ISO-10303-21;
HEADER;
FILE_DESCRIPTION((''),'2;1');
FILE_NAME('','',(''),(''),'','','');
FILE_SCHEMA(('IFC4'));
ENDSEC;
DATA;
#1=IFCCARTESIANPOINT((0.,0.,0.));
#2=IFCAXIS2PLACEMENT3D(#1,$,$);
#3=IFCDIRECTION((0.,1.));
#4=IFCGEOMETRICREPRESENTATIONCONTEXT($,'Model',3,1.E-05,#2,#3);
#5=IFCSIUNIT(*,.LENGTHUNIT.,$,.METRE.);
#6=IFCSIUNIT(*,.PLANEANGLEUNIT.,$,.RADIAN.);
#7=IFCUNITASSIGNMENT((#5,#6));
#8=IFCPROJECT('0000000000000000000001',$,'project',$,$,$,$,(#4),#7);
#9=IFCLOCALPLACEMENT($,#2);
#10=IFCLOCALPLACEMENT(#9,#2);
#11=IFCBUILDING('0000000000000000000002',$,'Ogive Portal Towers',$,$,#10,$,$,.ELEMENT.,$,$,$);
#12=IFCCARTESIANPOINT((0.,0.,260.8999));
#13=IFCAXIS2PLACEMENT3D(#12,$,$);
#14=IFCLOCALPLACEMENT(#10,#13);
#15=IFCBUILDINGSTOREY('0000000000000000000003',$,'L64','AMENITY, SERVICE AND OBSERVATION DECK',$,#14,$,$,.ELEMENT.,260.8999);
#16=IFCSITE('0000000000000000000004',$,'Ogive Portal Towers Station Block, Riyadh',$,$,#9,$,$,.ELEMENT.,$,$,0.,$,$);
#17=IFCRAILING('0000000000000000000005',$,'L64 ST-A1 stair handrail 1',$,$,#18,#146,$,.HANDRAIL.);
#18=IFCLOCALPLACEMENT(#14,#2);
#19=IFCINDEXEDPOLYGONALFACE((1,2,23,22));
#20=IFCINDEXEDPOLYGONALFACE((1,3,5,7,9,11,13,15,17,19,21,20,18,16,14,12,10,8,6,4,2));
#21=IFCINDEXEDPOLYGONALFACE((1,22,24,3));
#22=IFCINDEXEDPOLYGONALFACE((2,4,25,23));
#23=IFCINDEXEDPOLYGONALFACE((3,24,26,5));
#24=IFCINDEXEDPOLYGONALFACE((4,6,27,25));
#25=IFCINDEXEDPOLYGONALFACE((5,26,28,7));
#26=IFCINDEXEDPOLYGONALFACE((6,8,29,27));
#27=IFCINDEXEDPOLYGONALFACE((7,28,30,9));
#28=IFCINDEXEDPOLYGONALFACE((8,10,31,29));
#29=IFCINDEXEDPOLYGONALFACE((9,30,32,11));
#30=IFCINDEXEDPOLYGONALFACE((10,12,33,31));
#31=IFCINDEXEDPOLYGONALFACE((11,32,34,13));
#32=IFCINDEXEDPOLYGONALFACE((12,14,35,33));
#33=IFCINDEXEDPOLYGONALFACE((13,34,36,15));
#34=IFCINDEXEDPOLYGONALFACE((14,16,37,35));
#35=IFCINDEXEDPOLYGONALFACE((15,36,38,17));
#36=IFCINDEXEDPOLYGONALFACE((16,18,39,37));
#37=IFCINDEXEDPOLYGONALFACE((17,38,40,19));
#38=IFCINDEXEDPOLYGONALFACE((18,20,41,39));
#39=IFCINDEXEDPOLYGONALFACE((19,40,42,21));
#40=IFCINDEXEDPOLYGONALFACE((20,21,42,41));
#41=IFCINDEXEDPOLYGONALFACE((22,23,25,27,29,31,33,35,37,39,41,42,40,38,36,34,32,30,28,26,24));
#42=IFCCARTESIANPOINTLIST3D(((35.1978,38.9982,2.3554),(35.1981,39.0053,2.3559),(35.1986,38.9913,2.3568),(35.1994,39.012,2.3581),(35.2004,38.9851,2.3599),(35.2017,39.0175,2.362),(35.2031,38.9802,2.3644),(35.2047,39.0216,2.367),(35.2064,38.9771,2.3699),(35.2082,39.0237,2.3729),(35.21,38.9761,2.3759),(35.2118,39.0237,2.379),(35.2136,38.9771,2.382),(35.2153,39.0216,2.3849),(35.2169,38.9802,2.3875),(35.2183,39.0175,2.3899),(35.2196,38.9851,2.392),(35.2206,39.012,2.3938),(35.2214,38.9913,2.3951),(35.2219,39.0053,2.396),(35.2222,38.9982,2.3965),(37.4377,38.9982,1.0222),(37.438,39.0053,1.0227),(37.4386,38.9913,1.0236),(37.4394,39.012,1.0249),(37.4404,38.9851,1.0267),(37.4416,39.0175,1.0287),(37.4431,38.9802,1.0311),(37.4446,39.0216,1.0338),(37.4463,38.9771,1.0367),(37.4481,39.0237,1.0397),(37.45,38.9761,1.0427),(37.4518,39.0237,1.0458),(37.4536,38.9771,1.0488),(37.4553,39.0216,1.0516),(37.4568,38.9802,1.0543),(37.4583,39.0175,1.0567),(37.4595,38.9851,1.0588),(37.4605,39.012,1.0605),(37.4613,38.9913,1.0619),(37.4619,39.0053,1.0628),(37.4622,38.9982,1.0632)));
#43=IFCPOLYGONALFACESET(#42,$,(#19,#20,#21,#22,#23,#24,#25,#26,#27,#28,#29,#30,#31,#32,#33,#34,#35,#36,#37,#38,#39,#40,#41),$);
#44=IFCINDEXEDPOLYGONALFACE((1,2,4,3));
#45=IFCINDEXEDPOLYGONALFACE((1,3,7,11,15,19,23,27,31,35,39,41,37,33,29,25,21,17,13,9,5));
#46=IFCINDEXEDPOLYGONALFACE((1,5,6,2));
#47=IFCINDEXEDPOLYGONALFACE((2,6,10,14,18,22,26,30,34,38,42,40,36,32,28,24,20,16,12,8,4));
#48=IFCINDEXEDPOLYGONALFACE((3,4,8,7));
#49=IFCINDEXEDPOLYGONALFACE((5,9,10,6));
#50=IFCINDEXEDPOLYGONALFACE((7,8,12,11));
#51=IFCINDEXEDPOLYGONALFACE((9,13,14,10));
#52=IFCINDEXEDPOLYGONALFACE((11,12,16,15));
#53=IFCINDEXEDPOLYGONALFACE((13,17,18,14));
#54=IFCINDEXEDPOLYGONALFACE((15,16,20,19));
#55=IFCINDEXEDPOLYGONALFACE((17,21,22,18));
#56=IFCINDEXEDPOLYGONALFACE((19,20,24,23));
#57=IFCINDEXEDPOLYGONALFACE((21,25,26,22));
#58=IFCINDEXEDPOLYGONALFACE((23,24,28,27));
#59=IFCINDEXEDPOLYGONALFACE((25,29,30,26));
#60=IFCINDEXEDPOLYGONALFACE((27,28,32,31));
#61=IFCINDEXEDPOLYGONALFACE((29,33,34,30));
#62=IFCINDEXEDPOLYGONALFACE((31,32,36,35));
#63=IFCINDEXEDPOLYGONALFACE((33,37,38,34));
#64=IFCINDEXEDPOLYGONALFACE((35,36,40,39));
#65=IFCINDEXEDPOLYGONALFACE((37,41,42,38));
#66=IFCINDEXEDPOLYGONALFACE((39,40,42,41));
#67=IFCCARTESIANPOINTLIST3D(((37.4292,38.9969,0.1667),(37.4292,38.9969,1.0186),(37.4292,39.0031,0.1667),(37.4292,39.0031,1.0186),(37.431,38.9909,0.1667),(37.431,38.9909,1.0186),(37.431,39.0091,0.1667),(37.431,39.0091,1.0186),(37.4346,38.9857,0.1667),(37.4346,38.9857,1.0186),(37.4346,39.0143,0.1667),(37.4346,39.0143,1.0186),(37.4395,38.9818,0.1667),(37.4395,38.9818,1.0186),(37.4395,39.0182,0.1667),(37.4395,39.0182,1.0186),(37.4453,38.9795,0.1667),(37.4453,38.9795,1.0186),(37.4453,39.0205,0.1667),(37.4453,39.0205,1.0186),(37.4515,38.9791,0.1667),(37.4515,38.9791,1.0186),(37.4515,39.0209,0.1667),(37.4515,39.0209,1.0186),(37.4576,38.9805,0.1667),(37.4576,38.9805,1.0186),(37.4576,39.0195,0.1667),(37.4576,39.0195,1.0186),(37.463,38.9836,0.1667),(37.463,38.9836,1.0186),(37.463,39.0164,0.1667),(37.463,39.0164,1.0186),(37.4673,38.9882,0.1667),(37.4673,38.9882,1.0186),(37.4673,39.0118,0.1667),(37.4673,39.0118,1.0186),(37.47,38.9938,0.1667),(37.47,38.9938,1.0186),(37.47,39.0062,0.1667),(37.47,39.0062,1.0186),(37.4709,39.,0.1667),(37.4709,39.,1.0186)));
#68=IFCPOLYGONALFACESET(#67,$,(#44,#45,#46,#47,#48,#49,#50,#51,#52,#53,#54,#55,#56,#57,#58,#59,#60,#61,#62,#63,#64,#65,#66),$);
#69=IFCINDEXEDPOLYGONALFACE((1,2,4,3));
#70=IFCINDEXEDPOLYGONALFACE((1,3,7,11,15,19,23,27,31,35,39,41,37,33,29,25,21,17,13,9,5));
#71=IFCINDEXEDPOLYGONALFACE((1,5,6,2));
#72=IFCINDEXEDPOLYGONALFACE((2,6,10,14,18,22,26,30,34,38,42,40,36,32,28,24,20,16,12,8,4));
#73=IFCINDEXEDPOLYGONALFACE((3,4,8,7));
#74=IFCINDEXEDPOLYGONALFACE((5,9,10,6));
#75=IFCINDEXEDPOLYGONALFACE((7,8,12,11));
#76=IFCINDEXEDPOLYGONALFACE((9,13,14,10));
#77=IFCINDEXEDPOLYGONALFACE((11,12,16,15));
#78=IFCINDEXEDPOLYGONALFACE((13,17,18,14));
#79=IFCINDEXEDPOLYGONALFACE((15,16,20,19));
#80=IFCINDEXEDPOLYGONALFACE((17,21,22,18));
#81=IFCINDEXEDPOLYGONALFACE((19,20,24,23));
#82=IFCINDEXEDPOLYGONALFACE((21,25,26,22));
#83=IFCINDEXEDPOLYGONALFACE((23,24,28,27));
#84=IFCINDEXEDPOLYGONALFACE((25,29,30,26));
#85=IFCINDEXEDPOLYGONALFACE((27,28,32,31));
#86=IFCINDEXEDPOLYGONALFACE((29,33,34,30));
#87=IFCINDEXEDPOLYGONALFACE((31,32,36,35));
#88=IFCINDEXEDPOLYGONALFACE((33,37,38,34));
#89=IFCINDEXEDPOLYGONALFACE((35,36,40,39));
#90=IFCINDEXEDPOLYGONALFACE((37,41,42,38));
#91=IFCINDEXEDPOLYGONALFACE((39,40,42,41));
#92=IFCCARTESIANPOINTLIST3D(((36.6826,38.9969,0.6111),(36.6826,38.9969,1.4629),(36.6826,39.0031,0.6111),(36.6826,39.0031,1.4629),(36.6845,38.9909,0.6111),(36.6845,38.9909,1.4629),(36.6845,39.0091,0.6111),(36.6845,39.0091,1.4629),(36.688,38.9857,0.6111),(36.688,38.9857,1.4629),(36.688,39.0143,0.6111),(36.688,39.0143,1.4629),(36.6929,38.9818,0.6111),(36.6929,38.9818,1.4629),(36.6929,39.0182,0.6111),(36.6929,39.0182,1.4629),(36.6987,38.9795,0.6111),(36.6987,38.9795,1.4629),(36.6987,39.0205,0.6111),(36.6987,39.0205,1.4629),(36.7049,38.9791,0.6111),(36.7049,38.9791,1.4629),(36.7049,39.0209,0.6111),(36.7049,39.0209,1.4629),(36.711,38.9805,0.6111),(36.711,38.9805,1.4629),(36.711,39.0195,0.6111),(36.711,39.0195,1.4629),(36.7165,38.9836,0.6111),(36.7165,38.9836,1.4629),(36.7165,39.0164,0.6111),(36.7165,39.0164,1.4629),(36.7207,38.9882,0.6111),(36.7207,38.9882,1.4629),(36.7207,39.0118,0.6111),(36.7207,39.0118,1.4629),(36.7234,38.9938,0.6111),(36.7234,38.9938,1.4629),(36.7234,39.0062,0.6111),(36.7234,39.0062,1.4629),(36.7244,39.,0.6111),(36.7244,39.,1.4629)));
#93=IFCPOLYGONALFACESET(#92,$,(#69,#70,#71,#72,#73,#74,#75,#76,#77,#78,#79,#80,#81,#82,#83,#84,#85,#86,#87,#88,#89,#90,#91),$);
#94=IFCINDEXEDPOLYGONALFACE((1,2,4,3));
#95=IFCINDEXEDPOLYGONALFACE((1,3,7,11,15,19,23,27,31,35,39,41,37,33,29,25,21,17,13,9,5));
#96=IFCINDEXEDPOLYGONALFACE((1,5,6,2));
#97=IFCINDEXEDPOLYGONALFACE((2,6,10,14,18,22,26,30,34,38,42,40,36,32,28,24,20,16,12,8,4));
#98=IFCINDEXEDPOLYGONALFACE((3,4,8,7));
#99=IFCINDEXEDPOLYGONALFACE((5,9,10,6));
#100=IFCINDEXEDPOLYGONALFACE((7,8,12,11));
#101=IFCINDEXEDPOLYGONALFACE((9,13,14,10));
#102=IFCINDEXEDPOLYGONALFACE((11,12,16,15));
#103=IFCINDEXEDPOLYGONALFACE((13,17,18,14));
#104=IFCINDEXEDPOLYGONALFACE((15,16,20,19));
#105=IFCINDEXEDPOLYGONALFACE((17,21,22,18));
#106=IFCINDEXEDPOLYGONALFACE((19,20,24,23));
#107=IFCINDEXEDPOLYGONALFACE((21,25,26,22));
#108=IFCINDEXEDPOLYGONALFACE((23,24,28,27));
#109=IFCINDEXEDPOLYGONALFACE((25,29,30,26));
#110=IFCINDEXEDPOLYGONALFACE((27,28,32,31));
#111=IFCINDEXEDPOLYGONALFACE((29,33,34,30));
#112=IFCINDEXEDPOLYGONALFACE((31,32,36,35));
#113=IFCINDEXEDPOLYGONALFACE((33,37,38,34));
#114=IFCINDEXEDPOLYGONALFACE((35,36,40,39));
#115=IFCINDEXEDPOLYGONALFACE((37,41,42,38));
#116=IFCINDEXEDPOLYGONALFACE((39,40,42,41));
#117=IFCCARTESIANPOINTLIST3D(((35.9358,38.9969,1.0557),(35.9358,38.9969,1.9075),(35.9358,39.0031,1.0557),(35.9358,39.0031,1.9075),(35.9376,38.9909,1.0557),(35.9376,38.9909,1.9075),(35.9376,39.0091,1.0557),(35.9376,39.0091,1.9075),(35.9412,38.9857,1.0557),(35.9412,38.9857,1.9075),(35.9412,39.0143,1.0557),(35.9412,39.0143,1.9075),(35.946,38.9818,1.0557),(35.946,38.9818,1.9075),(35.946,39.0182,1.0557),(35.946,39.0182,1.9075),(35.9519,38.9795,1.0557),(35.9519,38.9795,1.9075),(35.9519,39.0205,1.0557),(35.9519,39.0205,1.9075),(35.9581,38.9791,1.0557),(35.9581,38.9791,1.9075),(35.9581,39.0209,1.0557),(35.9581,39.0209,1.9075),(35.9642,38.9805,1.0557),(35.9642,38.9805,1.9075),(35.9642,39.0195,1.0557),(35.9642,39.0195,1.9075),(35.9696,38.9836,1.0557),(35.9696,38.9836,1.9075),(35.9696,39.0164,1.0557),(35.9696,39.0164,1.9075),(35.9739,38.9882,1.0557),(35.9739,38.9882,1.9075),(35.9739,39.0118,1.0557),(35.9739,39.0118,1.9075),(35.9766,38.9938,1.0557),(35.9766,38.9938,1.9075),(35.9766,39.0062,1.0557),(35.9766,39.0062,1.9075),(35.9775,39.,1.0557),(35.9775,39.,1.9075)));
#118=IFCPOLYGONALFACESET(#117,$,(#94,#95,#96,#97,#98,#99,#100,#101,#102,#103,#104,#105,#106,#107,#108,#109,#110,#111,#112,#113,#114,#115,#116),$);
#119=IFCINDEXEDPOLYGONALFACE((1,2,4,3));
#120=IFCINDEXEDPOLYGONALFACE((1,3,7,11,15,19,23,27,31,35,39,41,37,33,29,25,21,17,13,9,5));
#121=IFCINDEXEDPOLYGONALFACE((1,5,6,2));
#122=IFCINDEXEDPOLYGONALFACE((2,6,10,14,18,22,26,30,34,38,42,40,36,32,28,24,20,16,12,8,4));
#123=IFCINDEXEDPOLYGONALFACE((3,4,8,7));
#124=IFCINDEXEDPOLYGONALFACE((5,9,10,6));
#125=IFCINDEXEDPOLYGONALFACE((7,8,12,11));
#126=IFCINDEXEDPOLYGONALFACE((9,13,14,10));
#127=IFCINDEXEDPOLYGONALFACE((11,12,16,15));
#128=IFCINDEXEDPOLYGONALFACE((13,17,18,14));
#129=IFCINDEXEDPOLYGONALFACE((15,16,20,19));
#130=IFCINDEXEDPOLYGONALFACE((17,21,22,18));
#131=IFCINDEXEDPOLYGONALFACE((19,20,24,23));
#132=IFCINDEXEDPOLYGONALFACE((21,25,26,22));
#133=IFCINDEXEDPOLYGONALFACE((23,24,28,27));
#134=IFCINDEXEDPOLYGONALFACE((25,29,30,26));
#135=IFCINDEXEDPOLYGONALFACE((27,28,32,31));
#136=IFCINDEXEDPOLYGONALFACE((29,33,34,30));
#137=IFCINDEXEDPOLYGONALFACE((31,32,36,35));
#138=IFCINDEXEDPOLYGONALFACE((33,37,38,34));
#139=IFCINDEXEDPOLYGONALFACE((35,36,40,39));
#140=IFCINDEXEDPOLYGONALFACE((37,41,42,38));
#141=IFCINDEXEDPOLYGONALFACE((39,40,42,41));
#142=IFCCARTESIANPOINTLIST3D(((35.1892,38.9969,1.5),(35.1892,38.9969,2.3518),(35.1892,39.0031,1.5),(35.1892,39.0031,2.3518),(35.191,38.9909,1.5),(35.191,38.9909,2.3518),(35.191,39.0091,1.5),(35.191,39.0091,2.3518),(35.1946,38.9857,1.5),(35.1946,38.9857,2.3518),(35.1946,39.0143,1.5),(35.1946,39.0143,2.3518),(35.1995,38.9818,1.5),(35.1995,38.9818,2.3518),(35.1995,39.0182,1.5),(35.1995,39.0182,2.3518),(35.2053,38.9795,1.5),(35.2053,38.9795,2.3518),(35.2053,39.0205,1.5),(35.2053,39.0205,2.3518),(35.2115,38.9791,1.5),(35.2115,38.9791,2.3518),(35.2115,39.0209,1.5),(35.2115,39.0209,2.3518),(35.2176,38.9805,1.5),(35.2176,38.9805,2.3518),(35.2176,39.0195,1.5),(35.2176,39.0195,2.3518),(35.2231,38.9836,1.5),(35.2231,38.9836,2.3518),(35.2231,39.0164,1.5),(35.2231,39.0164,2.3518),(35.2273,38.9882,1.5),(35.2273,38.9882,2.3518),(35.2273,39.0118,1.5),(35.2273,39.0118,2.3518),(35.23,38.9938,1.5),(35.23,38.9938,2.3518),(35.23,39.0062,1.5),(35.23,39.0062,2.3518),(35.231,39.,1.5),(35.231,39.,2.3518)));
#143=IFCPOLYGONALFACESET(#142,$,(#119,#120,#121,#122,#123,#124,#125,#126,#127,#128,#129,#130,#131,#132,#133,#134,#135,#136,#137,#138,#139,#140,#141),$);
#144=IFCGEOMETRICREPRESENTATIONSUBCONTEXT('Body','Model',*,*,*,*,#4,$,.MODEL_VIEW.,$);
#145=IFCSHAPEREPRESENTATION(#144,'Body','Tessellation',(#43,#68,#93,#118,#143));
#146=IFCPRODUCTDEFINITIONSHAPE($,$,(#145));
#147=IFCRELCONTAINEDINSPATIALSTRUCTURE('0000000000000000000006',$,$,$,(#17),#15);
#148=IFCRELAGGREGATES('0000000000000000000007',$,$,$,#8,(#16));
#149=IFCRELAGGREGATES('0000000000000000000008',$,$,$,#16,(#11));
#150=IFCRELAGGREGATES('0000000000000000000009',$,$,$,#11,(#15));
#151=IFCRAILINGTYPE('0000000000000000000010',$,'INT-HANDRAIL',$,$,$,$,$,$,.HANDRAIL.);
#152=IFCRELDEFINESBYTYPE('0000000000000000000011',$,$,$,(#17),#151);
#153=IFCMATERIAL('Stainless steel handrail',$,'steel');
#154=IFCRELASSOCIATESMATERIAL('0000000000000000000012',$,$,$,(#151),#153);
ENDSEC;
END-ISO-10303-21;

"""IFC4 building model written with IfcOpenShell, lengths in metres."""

from ifc_helpers import new_model, si_unit, direction, frame, origin, origin_2d, place, context, subcontext, project, spatial, circle, extrude, material, type_object, element, save


model = new_model("IFC4")

# Units and contexts
model_context = context("Model", 3, precision=1e-05, world=origin(), true_north=direction((0.0, 1.0)))
body_context = subcontext(model_context, "Body", "Model", "MODEL_VIEW")
ifc_project = project(units=[si_unit("LENGTHUNIT", "METRE"), si_unit("PLANEANGLEUNIT", "RADIAN")], contexts=[model_context])

# Site, building, storey
site_placement = place(None, origin())
site = spatial("IfcSite", under=ifc_project, at=site_placement, Name="Ogive Portal Towers Station Block, Riyadh", CompositionType="ELEMENT", RefElevation=0.0)
building_placement = place(site_placement, origin())
building = spatial("IfcBuilding", under=site, at=building_placement, Name="Ogive Portal Towers", CompositionType="ELEMENT")
storey_placement = place(building_placement, frame((0.0, 0.0, 260.8999)))
storey = spatial("IfcBuildingStorey", under=building, at=storey_placement, Name="L64", Description="AMENITY, SERVICE AND OBSERVATION DECK", CompositionType="ELEMENT", Elevation=260.8999)

# Railing
ifc_material_1 = material(Name="Stainless steel handrail", Category="steel")
railing_type_1 = type_object("IfcRailingType", Name="INT-HANDRAIL", PredefinedType="HANDRAIL", material=ifc_material_1)
for number, where, name in (
    (1, (37.45, 39.0, 0.1667), "L64 ST-A1 stair handrail 1"),
):
    element("IfcRailing", number, at=place(storey_placement, frame(where)), inside=storey, type_object=railing_type_1, Name=name, PredefinedType="HANDRAIL", context=body_context, shape_type="SweptSolid", body=[
        extrude(circle(Radius=0.0239, at=origin_2d()), frame((0.0, 0.0, 0.876), z_axis=(-0.859306, 0.0, 0.511462), x_axis=(0.0, -1.0, 0.0)), (0.0, 0.0, 1.0), 2.6067),
        extrude(circle(Radius=0.021, at=origin_2d()), origin(), (0.0, 0.0, 1.0), 0.8518),
        extrude(circle(Radius=0.021, at=origin_2d()), frame((-0.7466, 0.0, 0.4443)), (0.0, 0.0, 1.0), 0.8518),
        extrude(circle(Radius=0.021, at=origin_2d()), frame((-1.4934, 0.0, 0.8889)), (0.0, 0.0, 1.0), 0.8518),
        extrude(circle(Radius=0.021, at=origin_2d()), frame((-2.24, 0.0, 1.3333)), (0.0, 0.0, 1.0), 0.8518),
    ])

save(model, "model.ifc")
